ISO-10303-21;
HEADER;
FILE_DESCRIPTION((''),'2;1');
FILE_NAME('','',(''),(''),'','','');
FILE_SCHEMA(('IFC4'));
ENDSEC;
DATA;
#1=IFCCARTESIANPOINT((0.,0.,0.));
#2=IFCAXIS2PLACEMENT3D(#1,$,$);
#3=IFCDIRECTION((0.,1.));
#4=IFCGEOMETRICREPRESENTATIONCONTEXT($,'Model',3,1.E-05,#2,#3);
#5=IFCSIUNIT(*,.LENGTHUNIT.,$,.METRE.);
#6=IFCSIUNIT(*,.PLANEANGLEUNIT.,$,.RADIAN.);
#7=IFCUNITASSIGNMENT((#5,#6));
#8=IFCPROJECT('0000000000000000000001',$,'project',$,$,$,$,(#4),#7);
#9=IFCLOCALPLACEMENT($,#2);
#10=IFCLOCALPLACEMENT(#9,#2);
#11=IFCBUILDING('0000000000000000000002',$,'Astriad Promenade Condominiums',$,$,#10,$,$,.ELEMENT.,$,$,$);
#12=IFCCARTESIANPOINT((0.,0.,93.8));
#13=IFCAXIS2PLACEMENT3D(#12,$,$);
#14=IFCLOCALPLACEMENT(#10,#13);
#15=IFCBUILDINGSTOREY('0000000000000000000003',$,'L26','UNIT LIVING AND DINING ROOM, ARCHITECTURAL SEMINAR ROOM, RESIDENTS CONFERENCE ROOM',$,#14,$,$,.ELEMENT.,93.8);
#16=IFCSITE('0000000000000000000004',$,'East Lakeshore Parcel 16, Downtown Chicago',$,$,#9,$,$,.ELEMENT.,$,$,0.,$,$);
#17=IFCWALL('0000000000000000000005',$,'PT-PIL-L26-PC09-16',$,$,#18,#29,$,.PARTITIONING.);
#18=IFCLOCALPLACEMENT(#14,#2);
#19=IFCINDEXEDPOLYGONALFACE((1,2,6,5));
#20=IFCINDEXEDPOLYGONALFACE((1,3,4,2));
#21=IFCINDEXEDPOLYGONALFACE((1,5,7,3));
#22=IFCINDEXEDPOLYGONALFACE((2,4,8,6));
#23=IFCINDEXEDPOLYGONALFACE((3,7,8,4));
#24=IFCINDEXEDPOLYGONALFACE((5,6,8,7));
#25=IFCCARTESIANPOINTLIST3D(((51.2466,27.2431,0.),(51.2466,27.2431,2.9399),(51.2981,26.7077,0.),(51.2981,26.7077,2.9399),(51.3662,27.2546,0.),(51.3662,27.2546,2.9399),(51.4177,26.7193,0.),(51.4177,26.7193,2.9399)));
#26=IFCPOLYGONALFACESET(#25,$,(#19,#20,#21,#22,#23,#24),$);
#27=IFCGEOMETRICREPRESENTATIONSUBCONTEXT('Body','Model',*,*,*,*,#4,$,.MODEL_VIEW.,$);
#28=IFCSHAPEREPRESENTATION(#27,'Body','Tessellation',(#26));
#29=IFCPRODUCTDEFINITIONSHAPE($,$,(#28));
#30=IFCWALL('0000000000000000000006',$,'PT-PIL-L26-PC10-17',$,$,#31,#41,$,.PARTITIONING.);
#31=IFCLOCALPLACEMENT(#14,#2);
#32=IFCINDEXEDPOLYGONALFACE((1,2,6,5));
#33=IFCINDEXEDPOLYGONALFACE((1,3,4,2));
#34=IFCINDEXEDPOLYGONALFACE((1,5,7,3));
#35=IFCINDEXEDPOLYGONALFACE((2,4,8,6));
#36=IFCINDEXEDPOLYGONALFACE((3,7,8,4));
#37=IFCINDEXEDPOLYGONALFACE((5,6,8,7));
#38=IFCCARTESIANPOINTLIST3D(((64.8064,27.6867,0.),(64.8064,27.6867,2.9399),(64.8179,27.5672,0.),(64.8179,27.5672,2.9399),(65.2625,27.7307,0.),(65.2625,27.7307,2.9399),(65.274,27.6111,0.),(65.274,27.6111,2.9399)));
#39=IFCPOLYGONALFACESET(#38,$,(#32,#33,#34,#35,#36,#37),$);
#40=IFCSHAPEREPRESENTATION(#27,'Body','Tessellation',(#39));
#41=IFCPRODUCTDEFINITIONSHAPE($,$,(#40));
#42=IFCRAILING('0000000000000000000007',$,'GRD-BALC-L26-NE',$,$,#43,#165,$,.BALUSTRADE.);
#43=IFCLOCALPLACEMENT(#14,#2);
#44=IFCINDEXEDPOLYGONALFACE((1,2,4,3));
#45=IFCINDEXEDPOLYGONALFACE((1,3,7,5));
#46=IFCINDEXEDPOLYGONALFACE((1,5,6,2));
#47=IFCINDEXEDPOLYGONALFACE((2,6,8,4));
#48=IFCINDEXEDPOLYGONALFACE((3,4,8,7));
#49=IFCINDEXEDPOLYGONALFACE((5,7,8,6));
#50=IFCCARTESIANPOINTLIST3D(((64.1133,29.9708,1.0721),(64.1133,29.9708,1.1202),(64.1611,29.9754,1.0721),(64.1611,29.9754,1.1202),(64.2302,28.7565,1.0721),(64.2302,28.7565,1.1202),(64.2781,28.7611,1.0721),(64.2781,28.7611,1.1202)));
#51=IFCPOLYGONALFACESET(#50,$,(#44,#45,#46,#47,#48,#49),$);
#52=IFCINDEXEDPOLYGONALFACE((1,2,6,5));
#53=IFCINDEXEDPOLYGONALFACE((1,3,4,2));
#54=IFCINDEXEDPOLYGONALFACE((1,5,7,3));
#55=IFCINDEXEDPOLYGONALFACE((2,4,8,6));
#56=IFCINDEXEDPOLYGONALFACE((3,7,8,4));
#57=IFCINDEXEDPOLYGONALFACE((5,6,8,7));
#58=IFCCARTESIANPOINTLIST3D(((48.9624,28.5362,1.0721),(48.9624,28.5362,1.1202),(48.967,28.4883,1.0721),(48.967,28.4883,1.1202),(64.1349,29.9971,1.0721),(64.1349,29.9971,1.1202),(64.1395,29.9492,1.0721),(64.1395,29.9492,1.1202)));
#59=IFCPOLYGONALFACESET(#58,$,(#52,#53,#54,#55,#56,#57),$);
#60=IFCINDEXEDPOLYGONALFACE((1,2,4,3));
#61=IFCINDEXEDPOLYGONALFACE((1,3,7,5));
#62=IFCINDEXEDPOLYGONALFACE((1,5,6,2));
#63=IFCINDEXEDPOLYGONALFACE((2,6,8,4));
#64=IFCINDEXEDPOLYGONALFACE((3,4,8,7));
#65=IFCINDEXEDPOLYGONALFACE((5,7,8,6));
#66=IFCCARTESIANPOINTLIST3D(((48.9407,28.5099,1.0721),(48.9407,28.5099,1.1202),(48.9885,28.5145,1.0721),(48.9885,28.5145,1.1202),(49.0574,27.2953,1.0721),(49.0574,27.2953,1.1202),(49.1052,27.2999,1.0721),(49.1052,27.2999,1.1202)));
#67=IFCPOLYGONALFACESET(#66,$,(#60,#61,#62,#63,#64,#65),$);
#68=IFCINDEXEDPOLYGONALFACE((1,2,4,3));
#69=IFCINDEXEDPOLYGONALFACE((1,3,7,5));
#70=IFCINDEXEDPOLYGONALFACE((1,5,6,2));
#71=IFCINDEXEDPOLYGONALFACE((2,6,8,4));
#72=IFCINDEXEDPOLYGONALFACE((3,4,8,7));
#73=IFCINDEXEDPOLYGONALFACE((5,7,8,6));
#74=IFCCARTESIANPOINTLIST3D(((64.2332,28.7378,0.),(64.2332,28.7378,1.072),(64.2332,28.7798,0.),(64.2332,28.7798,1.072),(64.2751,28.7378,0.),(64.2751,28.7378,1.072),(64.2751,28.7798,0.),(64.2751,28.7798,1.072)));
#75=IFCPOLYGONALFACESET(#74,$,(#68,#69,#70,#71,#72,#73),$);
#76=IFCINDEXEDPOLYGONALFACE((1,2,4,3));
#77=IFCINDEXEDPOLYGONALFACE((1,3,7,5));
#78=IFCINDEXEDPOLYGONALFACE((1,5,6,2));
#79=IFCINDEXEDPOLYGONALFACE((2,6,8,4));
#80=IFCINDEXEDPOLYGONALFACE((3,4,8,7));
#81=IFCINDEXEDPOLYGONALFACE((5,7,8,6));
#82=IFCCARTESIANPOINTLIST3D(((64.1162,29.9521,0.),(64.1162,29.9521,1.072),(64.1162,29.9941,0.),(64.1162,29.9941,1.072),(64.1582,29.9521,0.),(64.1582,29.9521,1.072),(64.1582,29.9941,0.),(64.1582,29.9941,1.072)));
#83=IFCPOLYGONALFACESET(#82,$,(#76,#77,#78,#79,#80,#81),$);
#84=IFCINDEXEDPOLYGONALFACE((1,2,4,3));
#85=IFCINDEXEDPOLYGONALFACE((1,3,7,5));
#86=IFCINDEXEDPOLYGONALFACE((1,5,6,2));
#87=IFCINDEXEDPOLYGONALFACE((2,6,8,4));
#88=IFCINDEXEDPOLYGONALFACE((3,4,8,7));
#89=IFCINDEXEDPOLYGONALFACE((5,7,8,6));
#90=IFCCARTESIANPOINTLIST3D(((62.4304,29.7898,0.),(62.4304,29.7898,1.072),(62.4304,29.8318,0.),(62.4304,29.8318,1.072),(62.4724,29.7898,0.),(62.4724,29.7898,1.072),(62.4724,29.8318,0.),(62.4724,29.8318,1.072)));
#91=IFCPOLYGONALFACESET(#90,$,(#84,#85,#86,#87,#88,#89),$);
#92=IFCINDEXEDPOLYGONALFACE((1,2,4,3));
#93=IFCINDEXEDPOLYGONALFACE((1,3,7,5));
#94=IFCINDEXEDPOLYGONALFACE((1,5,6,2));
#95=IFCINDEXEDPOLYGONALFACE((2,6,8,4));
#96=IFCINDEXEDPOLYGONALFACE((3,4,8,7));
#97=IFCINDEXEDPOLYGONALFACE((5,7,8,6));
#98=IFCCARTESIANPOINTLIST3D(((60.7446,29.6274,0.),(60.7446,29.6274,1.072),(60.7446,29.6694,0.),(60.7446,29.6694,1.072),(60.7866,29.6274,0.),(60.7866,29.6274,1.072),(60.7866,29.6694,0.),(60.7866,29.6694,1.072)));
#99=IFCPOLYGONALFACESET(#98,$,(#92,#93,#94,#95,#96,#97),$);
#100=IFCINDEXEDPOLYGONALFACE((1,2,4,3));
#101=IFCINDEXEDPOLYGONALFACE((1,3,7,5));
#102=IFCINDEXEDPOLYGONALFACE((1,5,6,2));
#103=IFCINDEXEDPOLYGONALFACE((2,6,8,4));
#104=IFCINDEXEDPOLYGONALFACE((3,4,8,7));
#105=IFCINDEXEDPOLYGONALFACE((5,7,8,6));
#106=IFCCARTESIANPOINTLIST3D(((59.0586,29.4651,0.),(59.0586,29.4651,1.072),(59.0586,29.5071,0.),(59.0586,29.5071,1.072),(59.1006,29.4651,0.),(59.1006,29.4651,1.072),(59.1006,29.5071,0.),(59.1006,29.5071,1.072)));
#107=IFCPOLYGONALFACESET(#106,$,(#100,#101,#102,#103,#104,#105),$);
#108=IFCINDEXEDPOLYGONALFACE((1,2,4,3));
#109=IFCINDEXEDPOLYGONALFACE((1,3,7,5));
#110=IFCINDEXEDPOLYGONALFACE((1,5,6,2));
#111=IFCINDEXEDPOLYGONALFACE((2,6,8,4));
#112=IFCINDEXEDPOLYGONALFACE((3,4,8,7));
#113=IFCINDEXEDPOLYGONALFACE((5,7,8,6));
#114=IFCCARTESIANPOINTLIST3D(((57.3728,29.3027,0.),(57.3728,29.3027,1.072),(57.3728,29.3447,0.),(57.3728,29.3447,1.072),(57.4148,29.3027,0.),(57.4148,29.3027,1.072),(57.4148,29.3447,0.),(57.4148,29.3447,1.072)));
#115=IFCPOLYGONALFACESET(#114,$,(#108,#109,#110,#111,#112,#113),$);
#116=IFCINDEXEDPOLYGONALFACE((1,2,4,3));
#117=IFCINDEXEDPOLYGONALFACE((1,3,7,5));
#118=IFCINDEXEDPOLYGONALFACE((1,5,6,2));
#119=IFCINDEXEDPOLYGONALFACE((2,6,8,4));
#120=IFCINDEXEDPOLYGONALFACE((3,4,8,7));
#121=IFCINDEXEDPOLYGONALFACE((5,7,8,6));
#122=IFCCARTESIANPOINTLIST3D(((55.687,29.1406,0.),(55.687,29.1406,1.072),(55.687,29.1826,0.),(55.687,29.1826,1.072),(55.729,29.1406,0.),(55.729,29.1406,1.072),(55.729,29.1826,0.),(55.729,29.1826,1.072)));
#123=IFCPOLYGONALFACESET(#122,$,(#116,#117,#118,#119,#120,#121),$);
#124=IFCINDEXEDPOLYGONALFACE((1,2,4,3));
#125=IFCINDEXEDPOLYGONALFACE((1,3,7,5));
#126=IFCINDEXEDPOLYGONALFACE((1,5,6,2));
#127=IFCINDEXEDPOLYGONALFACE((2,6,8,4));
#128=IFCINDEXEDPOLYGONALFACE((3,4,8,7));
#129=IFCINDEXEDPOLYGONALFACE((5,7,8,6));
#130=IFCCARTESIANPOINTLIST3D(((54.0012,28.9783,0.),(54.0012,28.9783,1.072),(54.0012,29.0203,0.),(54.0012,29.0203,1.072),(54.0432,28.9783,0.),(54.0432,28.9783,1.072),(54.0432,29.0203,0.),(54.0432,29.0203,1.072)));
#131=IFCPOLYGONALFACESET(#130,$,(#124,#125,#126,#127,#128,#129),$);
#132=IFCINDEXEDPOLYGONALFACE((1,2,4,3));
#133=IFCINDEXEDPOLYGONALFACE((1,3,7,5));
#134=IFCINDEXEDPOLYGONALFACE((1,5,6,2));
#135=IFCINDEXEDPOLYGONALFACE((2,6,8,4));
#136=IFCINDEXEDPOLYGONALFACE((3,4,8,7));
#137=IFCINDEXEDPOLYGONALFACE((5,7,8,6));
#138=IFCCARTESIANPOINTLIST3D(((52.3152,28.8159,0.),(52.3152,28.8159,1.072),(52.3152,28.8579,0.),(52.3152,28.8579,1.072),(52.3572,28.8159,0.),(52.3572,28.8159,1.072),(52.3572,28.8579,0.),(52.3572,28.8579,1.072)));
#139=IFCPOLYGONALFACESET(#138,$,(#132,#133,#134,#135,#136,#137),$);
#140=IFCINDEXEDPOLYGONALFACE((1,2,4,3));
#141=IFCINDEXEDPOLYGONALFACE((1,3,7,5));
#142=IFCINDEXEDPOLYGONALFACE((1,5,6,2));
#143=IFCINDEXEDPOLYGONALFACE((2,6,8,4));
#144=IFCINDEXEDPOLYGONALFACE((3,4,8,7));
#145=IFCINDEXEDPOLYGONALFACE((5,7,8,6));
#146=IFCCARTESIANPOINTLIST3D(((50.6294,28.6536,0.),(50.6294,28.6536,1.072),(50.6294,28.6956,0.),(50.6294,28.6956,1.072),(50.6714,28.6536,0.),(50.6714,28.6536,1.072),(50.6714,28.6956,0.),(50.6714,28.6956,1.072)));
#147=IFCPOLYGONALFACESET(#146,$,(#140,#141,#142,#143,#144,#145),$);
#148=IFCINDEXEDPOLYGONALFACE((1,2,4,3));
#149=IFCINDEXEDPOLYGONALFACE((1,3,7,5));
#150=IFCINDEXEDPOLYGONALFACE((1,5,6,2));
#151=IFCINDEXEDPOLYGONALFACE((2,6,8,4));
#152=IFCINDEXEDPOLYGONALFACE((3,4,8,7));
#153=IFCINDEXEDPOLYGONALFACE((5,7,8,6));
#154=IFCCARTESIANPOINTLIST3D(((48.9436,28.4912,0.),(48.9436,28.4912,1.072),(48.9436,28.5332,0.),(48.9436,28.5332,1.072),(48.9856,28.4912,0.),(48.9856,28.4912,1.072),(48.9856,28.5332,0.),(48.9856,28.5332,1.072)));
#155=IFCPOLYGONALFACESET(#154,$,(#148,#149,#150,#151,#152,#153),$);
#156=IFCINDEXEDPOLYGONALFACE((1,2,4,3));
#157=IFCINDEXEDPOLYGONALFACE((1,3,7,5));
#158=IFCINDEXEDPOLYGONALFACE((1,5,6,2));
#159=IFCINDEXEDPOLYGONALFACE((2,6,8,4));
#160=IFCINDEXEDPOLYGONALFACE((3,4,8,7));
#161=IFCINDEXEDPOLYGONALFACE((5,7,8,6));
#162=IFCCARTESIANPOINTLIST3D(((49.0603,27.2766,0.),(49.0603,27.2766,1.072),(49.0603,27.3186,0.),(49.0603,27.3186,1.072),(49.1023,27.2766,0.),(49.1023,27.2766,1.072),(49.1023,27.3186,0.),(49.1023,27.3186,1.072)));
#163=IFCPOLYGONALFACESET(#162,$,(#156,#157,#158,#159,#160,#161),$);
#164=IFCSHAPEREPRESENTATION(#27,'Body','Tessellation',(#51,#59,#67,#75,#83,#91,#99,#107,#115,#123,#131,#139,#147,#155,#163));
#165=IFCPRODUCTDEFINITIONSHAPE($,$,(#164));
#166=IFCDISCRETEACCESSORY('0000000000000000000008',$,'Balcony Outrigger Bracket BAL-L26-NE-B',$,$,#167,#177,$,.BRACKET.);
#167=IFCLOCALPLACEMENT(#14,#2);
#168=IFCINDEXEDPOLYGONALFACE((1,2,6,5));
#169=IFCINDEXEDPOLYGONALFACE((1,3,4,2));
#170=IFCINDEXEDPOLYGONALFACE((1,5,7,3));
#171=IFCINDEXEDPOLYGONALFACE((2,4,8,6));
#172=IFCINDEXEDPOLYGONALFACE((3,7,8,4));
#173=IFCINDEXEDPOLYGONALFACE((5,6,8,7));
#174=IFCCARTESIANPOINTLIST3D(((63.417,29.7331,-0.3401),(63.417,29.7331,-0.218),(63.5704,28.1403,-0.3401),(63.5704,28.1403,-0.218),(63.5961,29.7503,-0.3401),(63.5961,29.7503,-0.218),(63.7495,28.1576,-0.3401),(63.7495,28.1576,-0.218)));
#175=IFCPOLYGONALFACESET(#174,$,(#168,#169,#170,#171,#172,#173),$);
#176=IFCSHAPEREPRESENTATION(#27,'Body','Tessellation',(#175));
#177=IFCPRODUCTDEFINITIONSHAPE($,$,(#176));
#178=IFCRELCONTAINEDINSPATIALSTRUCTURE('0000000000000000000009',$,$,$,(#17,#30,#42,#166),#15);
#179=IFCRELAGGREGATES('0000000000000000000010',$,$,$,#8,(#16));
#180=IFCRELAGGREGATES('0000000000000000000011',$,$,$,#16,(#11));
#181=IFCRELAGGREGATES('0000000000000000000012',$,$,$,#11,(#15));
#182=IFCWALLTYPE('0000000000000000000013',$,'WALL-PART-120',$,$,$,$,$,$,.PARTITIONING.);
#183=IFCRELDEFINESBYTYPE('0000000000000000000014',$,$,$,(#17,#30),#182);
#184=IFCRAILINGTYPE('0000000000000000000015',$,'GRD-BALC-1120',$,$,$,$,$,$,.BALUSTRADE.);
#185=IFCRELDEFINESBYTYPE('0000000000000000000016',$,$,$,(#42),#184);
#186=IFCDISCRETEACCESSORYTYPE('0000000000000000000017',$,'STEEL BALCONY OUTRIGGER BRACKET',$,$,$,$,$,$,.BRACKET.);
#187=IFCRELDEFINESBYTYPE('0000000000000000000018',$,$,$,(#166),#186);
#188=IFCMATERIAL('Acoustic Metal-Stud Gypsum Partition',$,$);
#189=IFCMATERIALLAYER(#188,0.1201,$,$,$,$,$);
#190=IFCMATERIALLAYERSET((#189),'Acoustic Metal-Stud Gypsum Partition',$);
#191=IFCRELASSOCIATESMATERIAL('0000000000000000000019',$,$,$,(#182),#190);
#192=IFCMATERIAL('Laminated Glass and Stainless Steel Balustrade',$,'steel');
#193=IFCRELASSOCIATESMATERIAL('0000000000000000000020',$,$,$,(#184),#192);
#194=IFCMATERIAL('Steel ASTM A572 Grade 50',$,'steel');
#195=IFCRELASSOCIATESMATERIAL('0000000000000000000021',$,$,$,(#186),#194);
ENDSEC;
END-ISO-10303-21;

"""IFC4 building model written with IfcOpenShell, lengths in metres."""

from ifc_helpers import new_model, si_unit, direction, frame, frame_2d, origin, origin_2d, place, context, subcontext, project, spatial, rectangle, extrude, source, transform, mapped, material, layer, layer_set, type_object, type_shapes, element, save


model = new_model("IFC4")

# Units and contexts
model_context = context("Model", 3, precision=1e-05, world=origin(), true_north=direction((0.0, 1.0)))
body_context = subcontext(model_context, "Body", "Model", "MODEL_VIEW")
ifc_project = project(units=[si_unit("LENGTHUNIT", "METRE"), si_unit("PLANEANGLEUNIT", "RADIAN")], contexts=[model_context])

# Site, building, storey
site_placement = place(None, origin())
site = spatial("IfcSite", under=ifc_project, at=site_placement, Name="East Lakeshore Parcel 16, Downtown Chicago", CompositionType="ELEMENT", RefElevation=0.0)
building_placement = place(site_placement, origin())
building = spatial("IfcBuilding", under=site, at=building_placement, Name="Astriad Promenade Condominiums", CompositionType="ELEMENT")
storey_placement = place(building_placement, frame((0.0, 0.0, 93.8)))
storey = spatial("IfcBuildingStorey", under=building, at=storey_placement, Name="L26", Description="UNIT LIVING AND DINING ROOM, ARCHITECTURAL SEMINAR ROOM, RESIDENTS CONFERENCE ROOM", CompositionType="ELEMENT", Elevation=93.8)

# Shared definitions
ifc_material_1 = material(Name="Acoustic Metal-Stud Gypsum Partition")
ifc_layer_1 = layer(ifc_material_1, 0.1201)
ifc_layer_set_1 = layer_set([ifc_layer_1], Name="Acoustic Metal-Stud Gypsum Partition")
wall_type_1 = type_object("IfcWallType", Name="WALL-PART-120", PredefinedType="PARTITIONING", material=ifc_layer_set_1)

# Walls
wall_1_placement = place(storey_placement, frame((51.3579, 26.7134, 0.0), z_axis=(0.0, 0.0, 1.0), x_axis=(-0.095773, 0.995403, 0.0)))
element("IfcWall", 1, at=wall_1_placement, inside=storey, type_object=wall_type_1, Name="PT-PIL-L26-PC09-16", PredefinedType="PARTITIONING", context=body_context, shape_type="SweptSolid", body=[
    extrude(rectangle(XDim=0.5378, YDim=0.1201, at=frame_2d((0.269, 0.0))), origin(), (0.0, 0.0, 1.0), 2.9399),
])
wall_2_placement = place(storey_placement, frame((64.8123, 27.627, 0.0), z_axis=(0.0, 0.0, 1.0), x_axis=(0.995389, 0.095915, 0.0)))
element("IfcWall", 2, at=wall_2_placement, inside=storey, type_object=wall_type_1, Name="PT-PIL-L26-PC10-17", PredefinedType="PARTITIONING", context=body_context, shape_type="SweptSolid", body=[
    extrude(rectangle(XDim=0.4583, YDim=0.1201, at=frame_2d((0.229, 0.0))), origin(), (0.0, 0.0, 1.0), 2.9399),
])

# Railing
ifc_material_2 = material(Name="Laminated Glass and Stainless Steel Balustrade", Category="steel")
railing_type = type_object("IfcRailingType", Name="GRD-BALC-1120", PredefinedType="BALUSTRADE", material=ifc_material_2)
shared_shape_1 = source(origin(), body_context, "Body", "SweptSolid", [
    extrude(rectangle(XDim=0.0481, YDim=0.0481, at=origin_2d()), frame((0.0, 0.0, 1.0962), z_axis=(-0.095857, 0.995395, 0.0), x_axis=(-0.995395, -0.095857, 0.0)), (0.0, 0.0, 1.0), 1.22),
    extrude(rectangle(XDim=0.0481, YDim=0.0481, at=origin_2d()), frame((-0.1169, 1.2144, 1.0962), z_axis=(-0.995396, -0.095845, 0.0), x_axis=(0.095845, -0.995396, 0.0)), (0.0, 0.0, 1.0), 15.2427),
    extrude(rectangle(XDim=0.0481, YDim=0.0481, at=origin_2d()), frame((-15.2896, -0.2466, 1.0962), z_axis=(0.09564, -0.995416, 0.0), x_axis=(0.995416, 0.09564, 0.0)), (0.0, 0.0, 1.0), 1.2202),
    extrude(rectangle(XDim=0.042, YDim=0.042, at=origin_2d()), origin(), (0.0, 0.0, 1.0), 1.072),
    extrude(rectangle(XDim=0.042, YDim=0.042, at=origin_2d()), frame((-0.1169, 1.2144, 0.0)), (0.0, 0.0, 1.0), 1.072),
    extrude(rectangle(XDim=0.042, YDim=0.042, at=origin_2d()), frame((-1.8027, 1.052, 0.0)), (0.0, 0.0, 1.0), 1.072),
    extrude(rectangle(XDim=0.042, YDim=0.042, at=origin_2d()), frame((-3.4885, 0.8896, 0.0)), (0.0, 0.0, 1.0), 1.072),
    extrude(rectangle(XDim=0.042, YDim=0.042, at=origin_2d()), frame((-5.1746, 0.7273, 0.0)), (0.0, 0.0, 1.0), 1.072),
    extrude(rectangle(XDim=0.042, YDim=0.042, at=origin_2d()), frame((-6.8604, 0.5649, 0.0)), (0.0, 0.0, 1.0), 1.072),
    extrude(rectangle(XDim=0.042, YDim=0.042, at=origin_2d()), frame((-8.5461, 0.4028, 0.0)), (0.0, 0.0, 1.0), 1.072),
    extrude(rectangle(XDim=0.042, YDim=0.042, at=origin_2d()), frame((-10.2319, 0.2405, 0.0)), (0.0, 0.0, 1.0), 1.072),
    extrude(rectangle(XDim=0.042, YDim=0.042, at=origin_2d()), frame((-11.918, 0.0781, 0.0)), (0.0, 0.0, 1.0), 1.072),
    extrude(rectangle(XDim=0.042, YDim=0.042, at=origin_2d()), frame((-13.6038, -0.0842, 0.0)), (0.0, 0.0, 1.0), 1.072),
    extrude(rectangle(XDim=0.042, YDim=0.042, at=origin_2d()), frame((-15.2896, -0.2466, 0.0)), (0.0, 0.0, 1.0), 1.072),
    extrude(rectangle(XDim=0.042, YDim=0.042, at=origin_2d()), frame((-15.1729, -1.4612, 0.0)), (0.0, 0.0, 1.0), 1.072),
])
type_shapes(railing_type, [shared_shape_1])
railing_placement = place(storey_placement, frame((64.2542, 28.7588, 0.0)))
element("IfcRailing", 3, at=railing_placement, inside=storey, type_object=railing_type, Name="GRD-BALC-L26-NE", PredefinedType="BALUSTRADE", context=body_context, shape_type="MappedRepresentation", body=[
    mapped(shared_shape_1, transform((0.0, 0.0, 0.0), scale=1.0)),
])

# Discrete accessory
ifc_material_3 = material(Name="Steel ASTM A572 Grade 50", Category="steel")
discrete_accessory_type = type_object("IfcDiscreteAccessoryType", Name="STEEL BALCONY OUTRIGGER BRACKET", PredefinedType="BRACKET", material=ifc_material_3)
shared_shape_2 = source(origin(), body_context, "Body", "SweptSolid", [
    extrude(rectangle(XDim=1.6001, YDim=0.1799, at=origin_2d()), origin(), (0.0, 0.0, 1.0), 0.1221),
])
type_shapes(discrete_accessory_type, [shared_shape_2])
discrete_accessory_placement = place(storey_placement, frame((63.5833, 28.9453, -0.3401), z_axis=(0.0, 0.0, 1.0), x_axis=(-0.095846, 0.995396, 0.0)))
element("IfcDiscreteAccessory", 4, at=discrete_accessory_placement, inside=storey, type_object=discrete_accessory_type, Name="Balcony Outrigger Bracket BAL-L26-NE-B", PredefinedType="BRACKET", context=body_context, shape_type="MappedRepresentation", body=[
    mapped(shared_shape_2, transform((0.0, 0.0, 0.0), scale=1.0)),
])

save(model, "model.ifc")
